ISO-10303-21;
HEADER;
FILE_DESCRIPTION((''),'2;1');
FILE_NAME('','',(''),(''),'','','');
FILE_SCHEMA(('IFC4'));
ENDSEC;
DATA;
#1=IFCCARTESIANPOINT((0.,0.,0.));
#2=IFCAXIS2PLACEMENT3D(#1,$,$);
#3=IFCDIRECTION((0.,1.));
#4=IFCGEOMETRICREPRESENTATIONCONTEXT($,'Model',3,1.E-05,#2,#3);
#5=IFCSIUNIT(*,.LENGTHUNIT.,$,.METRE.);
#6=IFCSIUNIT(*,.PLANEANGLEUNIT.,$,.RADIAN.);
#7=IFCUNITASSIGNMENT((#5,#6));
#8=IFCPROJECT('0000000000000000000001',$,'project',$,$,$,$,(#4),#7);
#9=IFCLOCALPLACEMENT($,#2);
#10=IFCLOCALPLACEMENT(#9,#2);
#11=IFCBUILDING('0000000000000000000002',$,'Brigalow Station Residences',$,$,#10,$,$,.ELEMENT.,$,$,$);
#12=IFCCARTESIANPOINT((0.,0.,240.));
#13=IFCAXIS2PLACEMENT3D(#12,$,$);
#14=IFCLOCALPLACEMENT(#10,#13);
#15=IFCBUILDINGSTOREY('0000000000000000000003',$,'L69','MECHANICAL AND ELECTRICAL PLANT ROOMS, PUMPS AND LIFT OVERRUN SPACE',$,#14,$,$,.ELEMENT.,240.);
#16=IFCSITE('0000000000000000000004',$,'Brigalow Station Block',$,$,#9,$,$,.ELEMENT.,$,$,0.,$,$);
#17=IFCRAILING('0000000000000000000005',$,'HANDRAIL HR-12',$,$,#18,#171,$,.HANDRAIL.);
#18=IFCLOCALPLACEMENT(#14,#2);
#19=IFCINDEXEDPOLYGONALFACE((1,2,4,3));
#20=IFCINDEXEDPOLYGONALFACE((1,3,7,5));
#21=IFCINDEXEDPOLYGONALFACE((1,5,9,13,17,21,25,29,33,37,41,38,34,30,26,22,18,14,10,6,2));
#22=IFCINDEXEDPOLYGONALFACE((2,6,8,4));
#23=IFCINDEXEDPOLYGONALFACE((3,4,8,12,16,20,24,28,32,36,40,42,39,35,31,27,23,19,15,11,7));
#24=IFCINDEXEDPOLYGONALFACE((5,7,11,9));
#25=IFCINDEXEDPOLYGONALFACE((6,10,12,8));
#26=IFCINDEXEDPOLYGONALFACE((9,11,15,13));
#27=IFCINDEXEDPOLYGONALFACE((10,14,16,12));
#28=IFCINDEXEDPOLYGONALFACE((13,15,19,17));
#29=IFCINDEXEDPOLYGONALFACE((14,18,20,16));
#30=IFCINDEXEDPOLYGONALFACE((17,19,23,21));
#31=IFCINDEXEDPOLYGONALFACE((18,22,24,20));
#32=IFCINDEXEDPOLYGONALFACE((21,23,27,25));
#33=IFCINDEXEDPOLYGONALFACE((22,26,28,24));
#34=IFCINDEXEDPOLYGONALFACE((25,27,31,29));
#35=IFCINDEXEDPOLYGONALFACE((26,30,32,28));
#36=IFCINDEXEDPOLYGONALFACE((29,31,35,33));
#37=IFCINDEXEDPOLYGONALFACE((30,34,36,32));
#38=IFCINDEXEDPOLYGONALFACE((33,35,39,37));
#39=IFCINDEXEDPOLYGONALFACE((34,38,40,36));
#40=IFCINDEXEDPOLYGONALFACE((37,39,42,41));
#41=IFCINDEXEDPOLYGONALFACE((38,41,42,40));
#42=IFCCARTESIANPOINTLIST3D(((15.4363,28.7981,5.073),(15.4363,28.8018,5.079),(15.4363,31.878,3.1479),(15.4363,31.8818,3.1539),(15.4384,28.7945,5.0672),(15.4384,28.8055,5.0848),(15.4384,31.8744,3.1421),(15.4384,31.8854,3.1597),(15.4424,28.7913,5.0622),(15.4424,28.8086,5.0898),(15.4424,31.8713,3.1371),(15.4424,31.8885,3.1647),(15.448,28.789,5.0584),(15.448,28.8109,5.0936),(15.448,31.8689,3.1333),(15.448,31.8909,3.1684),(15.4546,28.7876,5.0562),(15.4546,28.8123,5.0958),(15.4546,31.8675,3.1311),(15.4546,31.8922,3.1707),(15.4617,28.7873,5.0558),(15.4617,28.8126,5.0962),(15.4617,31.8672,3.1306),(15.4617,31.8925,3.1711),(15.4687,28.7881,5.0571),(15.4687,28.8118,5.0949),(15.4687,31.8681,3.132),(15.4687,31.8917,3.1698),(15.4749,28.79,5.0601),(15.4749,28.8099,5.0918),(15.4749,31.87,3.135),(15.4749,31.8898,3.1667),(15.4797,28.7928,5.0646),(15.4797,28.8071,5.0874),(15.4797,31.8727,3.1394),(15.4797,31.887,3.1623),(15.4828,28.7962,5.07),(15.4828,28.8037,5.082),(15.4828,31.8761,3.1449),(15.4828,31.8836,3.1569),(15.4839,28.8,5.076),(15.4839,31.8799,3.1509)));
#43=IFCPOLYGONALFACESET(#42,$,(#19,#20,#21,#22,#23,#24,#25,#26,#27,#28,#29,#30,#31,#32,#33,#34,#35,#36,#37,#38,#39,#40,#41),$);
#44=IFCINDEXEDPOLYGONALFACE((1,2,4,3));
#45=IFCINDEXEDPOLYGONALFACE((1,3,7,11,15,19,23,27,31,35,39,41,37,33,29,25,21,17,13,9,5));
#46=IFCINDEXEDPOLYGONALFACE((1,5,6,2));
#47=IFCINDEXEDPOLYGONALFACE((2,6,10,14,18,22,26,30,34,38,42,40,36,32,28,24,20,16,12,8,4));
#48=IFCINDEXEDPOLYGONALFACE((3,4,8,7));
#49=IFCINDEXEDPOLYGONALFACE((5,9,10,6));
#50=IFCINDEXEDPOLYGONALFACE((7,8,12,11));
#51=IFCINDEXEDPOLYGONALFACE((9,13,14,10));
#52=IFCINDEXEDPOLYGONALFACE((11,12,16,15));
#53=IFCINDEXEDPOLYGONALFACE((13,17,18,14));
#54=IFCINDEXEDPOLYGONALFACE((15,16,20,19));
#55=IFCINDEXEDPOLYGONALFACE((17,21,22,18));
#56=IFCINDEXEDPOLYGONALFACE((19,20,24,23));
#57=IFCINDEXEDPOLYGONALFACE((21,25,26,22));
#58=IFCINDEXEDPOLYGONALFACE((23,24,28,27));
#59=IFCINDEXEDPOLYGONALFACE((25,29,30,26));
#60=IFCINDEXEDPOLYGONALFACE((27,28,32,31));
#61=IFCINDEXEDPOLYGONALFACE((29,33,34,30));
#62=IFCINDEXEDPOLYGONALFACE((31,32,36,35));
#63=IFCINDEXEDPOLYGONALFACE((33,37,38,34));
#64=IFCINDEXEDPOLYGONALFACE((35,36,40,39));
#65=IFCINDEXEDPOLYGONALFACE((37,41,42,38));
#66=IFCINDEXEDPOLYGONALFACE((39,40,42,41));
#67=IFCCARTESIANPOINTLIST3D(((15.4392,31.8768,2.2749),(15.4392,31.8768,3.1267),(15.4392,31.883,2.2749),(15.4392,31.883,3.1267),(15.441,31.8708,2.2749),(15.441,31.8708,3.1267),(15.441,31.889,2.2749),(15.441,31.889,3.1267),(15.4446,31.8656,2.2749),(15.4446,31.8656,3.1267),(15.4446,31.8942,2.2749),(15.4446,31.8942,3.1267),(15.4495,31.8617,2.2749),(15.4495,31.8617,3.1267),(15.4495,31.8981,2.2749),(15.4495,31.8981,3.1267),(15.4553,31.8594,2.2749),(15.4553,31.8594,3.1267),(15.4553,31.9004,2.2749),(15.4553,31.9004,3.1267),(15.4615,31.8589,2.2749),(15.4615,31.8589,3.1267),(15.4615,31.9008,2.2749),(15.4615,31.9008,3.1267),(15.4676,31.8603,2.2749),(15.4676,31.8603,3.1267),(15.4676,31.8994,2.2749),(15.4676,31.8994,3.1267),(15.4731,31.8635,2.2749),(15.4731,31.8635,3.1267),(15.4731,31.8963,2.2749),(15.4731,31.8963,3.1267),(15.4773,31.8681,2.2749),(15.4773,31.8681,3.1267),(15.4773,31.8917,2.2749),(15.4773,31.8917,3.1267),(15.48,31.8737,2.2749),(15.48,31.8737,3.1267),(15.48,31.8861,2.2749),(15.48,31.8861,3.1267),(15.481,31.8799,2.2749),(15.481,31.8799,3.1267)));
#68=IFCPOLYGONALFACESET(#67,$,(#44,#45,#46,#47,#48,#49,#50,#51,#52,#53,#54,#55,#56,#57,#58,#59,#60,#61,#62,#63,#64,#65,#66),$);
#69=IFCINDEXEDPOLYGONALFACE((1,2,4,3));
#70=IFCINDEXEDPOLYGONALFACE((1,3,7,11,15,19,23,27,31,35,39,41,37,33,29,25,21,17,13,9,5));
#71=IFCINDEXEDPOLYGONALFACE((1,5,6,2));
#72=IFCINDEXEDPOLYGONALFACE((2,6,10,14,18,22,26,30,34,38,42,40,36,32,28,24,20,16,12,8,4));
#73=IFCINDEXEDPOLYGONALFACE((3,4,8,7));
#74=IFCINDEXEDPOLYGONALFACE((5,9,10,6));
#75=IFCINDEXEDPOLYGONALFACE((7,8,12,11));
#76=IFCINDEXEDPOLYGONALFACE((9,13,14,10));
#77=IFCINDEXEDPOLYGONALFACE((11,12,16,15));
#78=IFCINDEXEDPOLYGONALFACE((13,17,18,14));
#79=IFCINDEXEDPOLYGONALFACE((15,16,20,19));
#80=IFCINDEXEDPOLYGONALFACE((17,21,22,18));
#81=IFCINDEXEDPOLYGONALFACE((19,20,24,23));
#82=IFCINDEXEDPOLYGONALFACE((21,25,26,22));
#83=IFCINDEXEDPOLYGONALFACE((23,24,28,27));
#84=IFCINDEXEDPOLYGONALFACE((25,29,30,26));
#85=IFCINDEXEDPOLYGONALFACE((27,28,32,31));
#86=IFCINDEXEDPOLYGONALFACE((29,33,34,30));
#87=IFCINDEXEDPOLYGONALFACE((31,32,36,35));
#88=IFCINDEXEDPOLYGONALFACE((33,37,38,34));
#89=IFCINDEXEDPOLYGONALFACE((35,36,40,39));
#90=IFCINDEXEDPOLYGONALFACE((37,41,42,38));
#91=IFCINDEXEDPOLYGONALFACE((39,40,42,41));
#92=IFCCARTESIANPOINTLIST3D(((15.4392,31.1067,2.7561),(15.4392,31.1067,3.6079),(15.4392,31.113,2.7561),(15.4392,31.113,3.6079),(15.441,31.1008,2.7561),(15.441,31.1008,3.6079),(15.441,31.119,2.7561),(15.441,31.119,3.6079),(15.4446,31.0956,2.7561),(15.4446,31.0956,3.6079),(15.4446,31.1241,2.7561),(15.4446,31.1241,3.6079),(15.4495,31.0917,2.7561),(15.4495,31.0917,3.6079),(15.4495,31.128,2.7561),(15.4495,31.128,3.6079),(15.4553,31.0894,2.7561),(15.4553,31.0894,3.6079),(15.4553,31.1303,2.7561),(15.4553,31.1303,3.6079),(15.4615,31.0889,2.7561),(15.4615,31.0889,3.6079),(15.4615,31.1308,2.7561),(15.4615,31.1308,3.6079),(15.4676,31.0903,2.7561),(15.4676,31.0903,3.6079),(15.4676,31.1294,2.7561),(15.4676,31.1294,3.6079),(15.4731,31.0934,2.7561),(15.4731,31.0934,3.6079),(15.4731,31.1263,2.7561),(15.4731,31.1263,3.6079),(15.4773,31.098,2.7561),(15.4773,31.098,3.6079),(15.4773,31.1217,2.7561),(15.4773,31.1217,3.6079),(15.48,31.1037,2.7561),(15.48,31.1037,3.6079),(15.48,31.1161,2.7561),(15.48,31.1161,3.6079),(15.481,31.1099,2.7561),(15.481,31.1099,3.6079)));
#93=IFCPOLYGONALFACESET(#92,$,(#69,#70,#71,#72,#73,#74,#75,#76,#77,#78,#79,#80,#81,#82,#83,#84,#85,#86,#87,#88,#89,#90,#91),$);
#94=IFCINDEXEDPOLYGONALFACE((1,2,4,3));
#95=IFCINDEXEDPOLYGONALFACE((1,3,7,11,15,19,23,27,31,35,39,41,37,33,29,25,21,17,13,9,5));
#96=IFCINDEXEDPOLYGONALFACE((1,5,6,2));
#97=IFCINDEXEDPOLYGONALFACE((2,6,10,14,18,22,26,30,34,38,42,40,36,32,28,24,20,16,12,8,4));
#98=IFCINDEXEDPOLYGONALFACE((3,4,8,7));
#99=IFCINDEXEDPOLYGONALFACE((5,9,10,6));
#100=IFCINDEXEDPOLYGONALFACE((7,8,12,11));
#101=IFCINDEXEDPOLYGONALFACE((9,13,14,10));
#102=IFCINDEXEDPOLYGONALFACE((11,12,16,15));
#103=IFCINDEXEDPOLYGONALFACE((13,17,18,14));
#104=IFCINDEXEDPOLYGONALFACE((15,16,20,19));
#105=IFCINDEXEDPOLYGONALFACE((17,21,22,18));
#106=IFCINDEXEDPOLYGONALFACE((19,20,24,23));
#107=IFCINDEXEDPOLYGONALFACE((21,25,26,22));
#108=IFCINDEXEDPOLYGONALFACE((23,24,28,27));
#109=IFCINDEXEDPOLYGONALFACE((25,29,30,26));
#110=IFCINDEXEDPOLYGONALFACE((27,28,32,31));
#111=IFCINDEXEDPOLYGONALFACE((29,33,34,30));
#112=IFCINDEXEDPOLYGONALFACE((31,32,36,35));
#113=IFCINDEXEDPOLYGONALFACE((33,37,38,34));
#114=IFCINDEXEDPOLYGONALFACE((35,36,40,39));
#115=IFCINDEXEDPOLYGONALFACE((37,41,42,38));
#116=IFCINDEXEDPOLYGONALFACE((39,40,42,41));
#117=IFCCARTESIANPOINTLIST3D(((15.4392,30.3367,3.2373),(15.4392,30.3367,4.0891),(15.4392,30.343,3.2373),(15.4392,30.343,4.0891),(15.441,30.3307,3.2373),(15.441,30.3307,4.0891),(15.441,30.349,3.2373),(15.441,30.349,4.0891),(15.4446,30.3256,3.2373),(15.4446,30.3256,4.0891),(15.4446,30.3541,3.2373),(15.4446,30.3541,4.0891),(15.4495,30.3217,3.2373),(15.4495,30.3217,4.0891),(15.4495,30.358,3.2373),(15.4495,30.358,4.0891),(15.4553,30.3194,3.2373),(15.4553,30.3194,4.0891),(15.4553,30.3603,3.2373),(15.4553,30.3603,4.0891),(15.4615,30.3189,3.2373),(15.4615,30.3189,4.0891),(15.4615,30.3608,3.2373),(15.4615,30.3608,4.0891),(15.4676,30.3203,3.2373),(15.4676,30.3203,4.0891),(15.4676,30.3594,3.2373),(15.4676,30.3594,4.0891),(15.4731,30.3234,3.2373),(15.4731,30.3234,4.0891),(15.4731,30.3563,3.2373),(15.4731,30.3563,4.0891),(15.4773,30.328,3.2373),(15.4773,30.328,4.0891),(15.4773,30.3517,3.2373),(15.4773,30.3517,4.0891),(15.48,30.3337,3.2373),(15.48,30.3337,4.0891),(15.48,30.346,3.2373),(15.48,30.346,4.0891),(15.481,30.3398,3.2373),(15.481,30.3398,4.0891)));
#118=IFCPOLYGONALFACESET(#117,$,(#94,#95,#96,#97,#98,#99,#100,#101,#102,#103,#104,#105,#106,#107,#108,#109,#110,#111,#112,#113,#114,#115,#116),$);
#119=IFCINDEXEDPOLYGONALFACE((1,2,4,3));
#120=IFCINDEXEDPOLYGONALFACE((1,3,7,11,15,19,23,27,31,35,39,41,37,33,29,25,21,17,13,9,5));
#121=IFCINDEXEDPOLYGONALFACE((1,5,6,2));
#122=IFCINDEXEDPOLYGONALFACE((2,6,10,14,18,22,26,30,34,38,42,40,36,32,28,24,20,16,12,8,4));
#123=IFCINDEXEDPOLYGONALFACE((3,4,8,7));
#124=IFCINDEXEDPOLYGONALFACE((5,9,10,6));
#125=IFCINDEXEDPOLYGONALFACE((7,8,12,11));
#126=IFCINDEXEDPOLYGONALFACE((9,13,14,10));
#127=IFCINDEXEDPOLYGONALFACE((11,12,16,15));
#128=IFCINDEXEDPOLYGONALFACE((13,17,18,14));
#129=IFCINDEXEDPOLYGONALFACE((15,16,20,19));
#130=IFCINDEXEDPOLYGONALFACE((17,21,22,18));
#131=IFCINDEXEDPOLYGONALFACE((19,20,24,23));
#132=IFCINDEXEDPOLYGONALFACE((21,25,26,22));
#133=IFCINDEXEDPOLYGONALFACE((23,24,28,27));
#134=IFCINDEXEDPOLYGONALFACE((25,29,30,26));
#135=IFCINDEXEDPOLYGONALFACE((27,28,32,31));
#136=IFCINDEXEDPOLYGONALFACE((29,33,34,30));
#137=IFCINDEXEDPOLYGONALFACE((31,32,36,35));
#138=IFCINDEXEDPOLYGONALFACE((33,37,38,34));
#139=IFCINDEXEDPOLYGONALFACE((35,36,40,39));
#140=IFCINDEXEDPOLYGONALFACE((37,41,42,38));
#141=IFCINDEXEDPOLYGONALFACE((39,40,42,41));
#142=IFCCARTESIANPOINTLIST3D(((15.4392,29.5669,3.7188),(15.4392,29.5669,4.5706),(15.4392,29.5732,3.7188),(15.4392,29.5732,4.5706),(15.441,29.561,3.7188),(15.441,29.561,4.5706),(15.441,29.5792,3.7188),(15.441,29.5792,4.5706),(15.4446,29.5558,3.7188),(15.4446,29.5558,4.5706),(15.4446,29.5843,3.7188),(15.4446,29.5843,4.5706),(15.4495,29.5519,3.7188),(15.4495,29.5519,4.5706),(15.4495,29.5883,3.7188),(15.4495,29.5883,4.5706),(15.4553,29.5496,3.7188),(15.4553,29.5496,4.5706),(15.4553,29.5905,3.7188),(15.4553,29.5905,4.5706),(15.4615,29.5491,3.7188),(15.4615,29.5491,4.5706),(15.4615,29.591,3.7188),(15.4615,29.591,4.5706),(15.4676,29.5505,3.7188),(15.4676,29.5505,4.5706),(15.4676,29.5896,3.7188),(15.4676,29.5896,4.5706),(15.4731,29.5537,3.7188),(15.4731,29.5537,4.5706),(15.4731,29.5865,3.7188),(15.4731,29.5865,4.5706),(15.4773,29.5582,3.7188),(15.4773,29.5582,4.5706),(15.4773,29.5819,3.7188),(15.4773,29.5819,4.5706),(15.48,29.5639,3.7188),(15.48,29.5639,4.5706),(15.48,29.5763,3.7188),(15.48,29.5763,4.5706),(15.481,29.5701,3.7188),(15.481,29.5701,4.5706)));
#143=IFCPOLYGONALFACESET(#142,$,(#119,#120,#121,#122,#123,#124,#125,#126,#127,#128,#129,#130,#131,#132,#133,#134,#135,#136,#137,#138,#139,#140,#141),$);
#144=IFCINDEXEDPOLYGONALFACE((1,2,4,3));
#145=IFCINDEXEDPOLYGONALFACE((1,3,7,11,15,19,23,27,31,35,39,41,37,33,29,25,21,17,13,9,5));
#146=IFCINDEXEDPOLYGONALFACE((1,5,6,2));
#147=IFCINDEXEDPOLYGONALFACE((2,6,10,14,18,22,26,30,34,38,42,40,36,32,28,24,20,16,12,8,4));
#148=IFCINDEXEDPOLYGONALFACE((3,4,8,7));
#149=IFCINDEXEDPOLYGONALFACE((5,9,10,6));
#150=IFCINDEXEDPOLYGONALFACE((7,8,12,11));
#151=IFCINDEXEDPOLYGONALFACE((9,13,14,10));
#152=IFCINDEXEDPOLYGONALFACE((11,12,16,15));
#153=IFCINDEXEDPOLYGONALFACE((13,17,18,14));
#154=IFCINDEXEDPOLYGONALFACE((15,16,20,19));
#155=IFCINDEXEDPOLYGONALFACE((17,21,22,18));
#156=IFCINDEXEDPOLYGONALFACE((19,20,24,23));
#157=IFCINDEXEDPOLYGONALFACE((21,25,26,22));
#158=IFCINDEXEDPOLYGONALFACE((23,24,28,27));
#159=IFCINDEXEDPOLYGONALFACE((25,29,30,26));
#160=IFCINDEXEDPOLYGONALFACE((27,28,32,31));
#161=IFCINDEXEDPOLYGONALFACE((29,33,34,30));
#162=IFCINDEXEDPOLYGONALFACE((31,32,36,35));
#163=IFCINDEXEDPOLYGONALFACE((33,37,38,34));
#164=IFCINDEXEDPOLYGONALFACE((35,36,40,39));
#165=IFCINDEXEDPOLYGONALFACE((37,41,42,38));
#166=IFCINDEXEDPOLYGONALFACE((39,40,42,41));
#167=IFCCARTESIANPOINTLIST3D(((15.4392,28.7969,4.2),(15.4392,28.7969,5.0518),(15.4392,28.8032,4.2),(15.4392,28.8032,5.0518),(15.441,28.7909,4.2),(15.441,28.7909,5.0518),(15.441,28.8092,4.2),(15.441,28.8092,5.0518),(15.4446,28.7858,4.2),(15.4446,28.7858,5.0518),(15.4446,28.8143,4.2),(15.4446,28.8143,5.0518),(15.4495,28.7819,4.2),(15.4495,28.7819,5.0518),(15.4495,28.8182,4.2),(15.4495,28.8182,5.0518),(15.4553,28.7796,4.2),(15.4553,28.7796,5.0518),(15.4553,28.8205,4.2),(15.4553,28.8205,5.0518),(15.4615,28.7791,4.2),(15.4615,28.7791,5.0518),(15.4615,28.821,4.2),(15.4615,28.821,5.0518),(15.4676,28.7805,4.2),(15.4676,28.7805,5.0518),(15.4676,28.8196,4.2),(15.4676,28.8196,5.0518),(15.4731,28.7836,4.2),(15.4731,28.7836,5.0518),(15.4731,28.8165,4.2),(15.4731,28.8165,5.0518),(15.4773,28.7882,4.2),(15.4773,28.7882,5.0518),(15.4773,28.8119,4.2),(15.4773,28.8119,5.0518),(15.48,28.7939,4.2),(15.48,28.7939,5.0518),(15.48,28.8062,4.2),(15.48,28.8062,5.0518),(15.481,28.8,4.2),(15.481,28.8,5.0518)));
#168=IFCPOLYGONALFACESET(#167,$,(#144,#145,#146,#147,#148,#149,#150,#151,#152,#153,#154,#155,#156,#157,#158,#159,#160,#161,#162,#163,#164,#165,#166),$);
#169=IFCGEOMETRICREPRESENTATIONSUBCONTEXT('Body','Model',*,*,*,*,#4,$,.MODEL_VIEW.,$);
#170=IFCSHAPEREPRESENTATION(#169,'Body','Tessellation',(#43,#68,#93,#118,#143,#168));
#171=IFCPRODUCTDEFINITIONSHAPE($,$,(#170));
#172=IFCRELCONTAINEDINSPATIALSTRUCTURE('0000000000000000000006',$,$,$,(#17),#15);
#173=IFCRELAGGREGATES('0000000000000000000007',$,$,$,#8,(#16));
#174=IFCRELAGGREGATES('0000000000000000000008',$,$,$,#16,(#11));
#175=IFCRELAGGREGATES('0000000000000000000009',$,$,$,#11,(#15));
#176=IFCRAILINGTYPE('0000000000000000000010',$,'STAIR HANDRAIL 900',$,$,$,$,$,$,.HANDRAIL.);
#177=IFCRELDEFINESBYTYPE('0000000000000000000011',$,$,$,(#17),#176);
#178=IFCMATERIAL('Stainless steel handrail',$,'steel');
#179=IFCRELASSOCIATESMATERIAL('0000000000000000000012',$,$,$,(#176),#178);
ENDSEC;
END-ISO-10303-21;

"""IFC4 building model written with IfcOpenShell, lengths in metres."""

from ifc_helpers import new_model, si_unit, direction, frame, origin, origin_2d, place, context, subcontext, project, spatial, circle, extrude, material, type_object, element, save


model = new_model("IFC4")

# Units and contexts
model_context = context("Model", 3, precision=1e-05, world=origin(), true_north=direction((0.0, 1.0)))
body_context = subcontext(model_context, "Body", "Model", "MODEL_VIEW")
ifc_project = project(units=[si_unit("LENGTHUNIT", "METRE"), si_unit("PLANEANGLEUNIT", "RADIAN")], contexts=[model_context])

# Site, building, storey
site_placement = place(None, origin())
site = spatial("IfcSite", under=ifc_project, at=site_placement, Name="Brigalow Station Block", CompositionType="ELEMENT", RefElevation=0.0)
building_placement = place(site_placement, origin())
building = spatial("IfcBuilding", under=site, at=building_placement, Name="Brigalow Station Residences", CompositionType="ELEMENT")
storey_placement = place(building_placement, frame((0.0, 0.0, 240.0)))
storey = spatial("IfcBuildingStorey", under=building, at=storey_placement, Name="L69", Description="MECHANICAL AND ELECTRICAL PLANT ROOMS, PUMPS AND LIFT OVERRUN SPACE", CompositionType="ELEMENT", Elevation=240.0)

# Railing
ifc_material_1 = material(Name="Stainless steel handrail", Category="steel")
railing_type_1 = type_object("IfcRailingType", Name="STAIR HANDRAIL 900", PredefinedType="HANDRAIL", material=ifc_material_1)
railing_1_placement = place(storey_placement, frame((15.46, 31.8799, 2.2749)))
element("IfcRailing", 1, at=railing_1_placement, inside=storey, type_object=railing_type_1, Name="HANDRAIL HR-12", PredefinedType="HANDRAIL", context=body_context, shape_type="SweptSolid", body=[
    extrude(circle(Radius=0.0239, at=origin_2d()), frame((0.0, 0.0, 0.876), z_axis=(0.0, -0.847979, 0.530029), x_axis=(1.0, 0.0, 0.0)), (0.0, 0.0, 1.0), 3.6321),
    extrude(circle(Radius=0.021, at=origin_2d()), origin(), (0.0, 0.0, 1.0), 0.8518),
    extrude(circle(Radius=0.021, at=origin_2d()), frame((0.0, -0.77, 0.4812)), (0.0, 0.0, 1.0), 0.8518),
    extrude(circle(Radius=0.021, at=origin_2d()), frame((0.0, -1.54, 0.9624)), (0.0, 0.0, 1.0), 0.8518),
    extrude(circle(Radius=0.021, at=origin_2d()), frame((0.0, -2.3098, 1.4438)), (0.0, 0.0, 1.0), 0.8518),
    extrude(circle(Radius=0.021, at=origin_2d()), frame((0.0, -3.0798, 1.925)), (0.0, 0.0, 1.0), 0.8518),
])

save(model, "model.ifc")
